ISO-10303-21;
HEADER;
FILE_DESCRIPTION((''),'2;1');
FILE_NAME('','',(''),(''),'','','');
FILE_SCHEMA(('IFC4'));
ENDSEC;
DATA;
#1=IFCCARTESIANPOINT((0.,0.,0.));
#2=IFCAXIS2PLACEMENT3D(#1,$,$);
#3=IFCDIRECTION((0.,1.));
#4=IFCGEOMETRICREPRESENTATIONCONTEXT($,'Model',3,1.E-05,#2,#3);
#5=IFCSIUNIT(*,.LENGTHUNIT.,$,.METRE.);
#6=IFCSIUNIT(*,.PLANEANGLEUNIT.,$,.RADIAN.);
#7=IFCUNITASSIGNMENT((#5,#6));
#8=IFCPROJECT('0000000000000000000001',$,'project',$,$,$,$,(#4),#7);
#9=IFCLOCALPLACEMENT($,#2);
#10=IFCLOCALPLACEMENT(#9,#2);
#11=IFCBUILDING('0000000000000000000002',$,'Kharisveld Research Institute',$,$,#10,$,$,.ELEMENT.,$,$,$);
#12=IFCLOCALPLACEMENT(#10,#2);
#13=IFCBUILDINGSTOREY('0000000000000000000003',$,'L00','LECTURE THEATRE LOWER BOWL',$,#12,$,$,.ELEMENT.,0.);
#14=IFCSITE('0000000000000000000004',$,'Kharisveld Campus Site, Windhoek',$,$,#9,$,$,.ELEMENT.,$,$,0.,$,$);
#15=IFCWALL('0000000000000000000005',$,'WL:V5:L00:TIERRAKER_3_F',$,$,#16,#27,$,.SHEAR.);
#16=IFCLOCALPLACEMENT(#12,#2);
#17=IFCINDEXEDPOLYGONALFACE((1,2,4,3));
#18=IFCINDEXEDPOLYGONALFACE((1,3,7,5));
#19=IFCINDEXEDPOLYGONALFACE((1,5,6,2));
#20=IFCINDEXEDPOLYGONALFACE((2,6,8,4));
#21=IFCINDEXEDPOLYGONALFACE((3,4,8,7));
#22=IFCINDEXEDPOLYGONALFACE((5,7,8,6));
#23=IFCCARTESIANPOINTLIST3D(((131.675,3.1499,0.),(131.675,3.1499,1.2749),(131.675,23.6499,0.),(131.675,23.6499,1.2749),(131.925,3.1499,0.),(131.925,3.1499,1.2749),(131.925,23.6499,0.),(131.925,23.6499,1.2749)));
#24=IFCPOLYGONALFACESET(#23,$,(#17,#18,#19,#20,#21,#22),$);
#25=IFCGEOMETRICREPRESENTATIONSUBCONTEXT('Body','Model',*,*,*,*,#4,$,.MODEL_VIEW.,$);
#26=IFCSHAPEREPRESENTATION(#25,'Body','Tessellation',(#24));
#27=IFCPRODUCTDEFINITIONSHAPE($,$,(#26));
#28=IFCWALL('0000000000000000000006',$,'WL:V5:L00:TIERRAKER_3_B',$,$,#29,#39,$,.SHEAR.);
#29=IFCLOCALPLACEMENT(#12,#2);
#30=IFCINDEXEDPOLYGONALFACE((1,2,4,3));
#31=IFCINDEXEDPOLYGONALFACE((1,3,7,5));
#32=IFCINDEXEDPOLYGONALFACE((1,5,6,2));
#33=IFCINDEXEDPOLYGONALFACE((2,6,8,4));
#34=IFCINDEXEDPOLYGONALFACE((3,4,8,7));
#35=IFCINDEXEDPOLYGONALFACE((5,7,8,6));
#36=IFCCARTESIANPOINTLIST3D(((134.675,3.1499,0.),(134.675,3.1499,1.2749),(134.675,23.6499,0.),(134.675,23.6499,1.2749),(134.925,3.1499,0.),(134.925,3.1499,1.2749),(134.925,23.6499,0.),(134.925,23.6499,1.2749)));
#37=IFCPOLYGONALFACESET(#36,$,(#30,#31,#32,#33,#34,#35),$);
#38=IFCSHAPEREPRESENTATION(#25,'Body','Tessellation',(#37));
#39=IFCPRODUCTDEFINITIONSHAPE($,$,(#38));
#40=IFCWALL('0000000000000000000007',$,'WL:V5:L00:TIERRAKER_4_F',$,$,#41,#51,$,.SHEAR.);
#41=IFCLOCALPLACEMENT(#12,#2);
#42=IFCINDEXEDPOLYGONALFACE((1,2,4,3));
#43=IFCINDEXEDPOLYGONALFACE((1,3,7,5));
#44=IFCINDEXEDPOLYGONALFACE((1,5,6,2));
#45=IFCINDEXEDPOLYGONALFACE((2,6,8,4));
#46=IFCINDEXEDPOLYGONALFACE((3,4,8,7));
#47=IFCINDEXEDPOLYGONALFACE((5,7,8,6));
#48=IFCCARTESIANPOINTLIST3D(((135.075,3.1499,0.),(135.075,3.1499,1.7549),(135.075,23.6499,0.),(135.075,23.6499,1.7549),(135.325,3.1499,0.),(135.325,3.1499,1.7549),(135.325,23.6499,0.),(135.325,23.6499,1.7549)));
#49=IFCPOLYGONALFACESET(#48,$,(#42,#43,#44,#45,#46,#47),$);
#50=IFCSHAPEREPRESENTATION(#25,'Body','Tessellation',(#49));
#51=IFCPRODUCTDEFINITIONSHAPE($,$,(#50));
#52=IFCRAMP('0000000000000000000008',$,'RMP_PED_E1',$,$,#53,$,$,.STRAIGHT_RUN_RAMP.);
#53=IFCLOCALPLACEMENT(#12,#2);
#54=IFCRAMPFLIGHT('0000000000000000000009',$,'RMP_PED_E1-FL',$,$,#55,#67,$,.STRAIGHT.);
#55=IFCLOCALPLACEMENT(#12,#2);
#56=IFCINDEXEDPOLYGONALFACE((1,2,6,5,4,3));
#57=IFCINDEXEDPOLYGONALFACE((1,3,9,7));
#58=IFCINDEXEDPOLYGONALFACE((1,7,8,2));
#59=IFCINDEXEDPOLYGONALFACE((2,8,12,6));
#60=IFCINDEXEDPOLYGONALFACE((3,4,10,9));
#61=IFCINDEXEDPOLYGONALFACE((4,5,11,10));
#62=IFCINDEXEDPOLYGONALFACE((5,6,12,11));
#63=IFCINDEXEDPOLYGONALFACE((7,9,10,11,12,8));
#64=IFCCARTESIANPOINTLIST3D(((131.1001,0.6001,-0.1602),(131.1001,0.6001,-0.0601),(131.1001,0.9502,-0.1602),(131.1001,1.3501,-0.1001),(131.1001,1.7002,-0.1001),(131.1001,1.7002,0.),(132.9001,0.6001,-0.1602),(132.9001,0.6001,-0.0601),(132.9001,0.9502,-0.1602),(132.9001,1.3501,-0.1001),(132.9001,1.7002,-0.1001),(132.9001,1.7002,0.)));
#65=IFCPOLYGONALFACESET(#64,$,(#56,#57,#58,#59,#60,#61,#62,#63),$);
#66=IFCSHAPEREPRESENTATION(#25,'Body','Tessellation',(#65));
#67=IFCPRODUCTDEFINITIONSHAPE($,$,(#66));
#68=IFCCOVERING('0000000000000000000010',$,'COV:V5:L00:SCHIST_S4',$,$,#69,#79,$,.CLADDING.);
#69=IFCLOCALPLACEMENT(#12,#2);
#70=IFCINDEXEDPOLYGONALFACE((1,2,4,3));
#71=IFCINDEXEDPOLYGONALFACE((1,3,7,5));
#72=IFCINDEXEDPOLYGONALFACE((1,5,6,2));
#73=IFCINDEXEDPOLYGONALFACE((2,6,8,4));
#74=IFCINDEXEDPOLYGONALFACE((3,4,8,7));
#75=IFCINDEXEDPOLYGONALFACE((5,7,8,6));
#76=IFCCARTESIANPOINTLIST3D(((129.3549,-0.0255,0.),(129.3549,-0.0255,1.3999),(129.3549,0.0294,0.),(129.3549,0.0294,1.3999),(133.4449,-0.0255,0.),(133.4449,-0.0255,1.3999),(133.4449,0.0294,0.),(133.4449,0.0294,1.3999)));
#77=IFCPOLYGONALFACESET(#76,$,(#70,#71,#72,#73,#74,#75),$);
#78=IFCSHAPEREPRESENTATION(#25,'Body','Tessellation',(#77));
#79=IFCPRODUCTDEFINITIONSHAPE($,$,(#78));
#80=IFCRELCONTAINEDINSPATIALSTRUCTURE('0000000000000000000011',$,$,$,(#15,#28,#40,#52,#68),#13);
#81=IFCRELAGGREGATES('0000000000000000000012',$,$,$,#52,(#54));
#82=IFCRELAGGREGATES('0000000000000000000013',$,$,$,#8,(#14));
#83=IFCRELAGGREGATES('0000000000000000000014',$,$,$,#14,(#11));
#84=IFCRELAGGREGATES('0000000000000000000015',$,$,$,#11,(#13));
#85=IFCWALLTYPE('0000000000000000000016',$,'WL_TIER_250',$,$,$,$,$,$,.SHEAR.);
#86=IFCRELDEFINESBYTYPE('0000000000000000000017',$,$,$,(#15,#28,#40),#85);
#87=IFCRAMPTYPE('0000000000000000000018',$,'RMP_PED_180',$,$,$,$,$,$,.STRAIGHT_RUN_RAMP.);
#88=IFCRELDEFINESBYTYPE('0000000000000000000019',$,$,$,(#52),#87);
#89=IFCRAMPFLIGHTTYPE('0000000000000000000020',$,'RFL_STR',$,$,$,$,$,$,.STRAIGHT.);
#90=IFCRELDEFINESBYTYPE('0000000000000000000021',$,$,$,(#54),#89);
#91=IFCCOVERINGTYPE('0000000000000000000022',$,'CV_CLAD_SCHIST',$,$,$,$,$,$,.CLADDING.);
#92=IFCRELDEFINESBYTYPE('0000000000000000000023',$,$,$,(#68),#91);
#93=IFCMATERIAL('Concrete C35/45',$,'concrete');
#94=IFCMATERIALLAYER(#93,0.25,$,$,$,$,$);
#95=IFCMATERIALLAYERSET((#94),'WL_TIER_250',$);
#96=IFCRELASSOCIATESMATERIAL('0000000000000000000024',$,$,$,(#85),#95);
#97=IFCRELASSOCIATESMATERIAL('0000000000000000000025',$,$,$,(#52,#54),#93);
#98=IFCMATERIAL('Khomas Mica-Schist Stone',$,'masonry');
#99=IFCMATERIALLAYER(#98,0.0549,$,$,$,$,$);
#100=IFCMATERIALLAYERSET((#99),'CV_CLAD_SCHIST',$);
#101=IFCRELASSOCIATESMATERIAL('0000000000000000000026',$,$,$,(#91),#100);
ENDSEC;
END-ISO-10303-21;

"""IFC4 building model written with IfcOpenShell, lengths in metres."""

from ifc_helpers import new_model, si_unit, direction, frame, frame_2d, origin, origin_2d, place, context, subcontext, project, spatial, polyline, rectangle, outline, extrude, material, layer, layer_set, type_object, element, aggregate, save


model = new_model("IFC4")

# Units and contexts
model_context = context("Model", 3, precision=1e-05, world=origin(), true_north=direction((0.0, 1.0)))
body_context = subcontext(model_context, "Body", "Model", "MODEL_VIEW")
ifc_project = project(units=[si_unit("LENGTHUNIT", "METRE"), si_unit("PLANEANGLEUNIT", "RADIAN")], contexts=[model_context])

# Site, building, storey
site_placement = place(None, origin())
site = spatial("IfcSite", under=ifc_project, at=site_placement, Name="Kharisveld Campus Site, Windhoek", CompositionType="ELEMENT", RefElevation=0.0)
building_placement = place(site_placement, origin())
building = spatial("IfcBuilding", under=site, at=building_placement, Name="Kharisveld Research Institute", CompositionType="ELEMENT")
storey_placement = place(building_placement, origin())
storey = spatial("IfcBuildingStorey", under=building, at=storey_placement, Name="L00", Description="LECTURE THEATRE LOWER BOWL", CompositionType="ELEMENT", Elevation=0.0)

# Walls
ifc_material_1 = material(Name="Concrete C35/45", Category="concrete")
ifc_layer_1 = layer(ifc_material_1, 0.25)
ifc_layer_set_1 = layer_set([ifc_layer_1], Name="WL_TIER_250")
wall_type_1 = type_object("IfcWallType", Name="WL_TIER_250", PredefinedType="SHEAR", material=ifc_layer_set_1)
for number, where, z_axis, x_axis, name in (
    (1, (131.8, 3.1499, 0.0), (0.0, 0.0, 1.0), (0.0, 1.0, 0.0), "WL:V5:L00:TIERRAKER_3_F"),
    (2, (134.8, 3.1499, 0.0), (0.0, 0.0, 1.0), (0.0, 1.0, 0.0), "WL:V5:L00:TIERRAKER_3_B"),
):
    element("IfcWall", number, at=place(storey_placement, frame(where, z_axis=z_axis, x_axis=x_axis)), inside=storey, type_object=wall_type_1, Name=name, PredefinedType="SHEAR", context=body_context, shape_type="SweptSolid", body=[
        extrude(rectangle(XDim=20.5, YDim=0.25, at=frame_2d((10.25, 0.0))), origin(), (0.0, 0.0, 1.0), 1.2749),
    ])
wall_1_placement = place(storey_placement, frame((135.2, 3.1499, 0.0), z_axis=(0.0, 0.0, 1.0), x_axis=(0.0, 1.0, 0.0)))
element("IfcWall", 3, at=wall_1_placement, inside=storey, type_object=wall_type_1, Name="WL:V5:L00:TIERRAKER_4_F", PredefinedType="SHEAR", context=body_context, shape_type="SweptSolid", body=[
    extrude(rectangle(XDim=20.5, YDim=0.25, at=frame_2d((10.25, 0.0))), origin(), (0.0, 0.0, 1.0), 1.7549),
])

# Ramp, ramp flight
ramp_type = type_object("IfcRampType", Name="RMP_PED_180", PredefinedType="STRAIGHT_RUN_RAMP")
ramp_placement = place(storey_placement, origin())
ramp = element("IfcRamp", 4, at=ramp_placement, inside=storey, type_object=ramp_type, material=ifc_material_1, Name="RMP_PED_E1", PredefinedType="STRAIGHT_RUN_RAMP")
ramp_flight_type = type_object("IfcRampFlightType", Name="RFL_STR", PredefinedType="STRAIGHT")
ramp_flight_placement = place(storey_placement, frame((132.0, 0.6001, -0.0601), z_axis=(0.0, 0.0, 1.0), x_axis=(0.0, 1.0, 0.0)))
ramp_flight = element("IfcRampFlight", 5, at=ramp_flight_placement, type_object=ramp_flight_type, material=ifc_material_1, Name="RMP_PED_E1-FL", PredefinedType="STRAIGHT", context=body_context, shape_type="SweptSolid", body=[
    extrude(outline(polyline([(0.0, 0.0), (0.0, -0.1001), (0.3501, -0.1001), (0.75, -0.04), (1.1001, -0.04), (1.1001, 0.0601), (0.0, 0.0)])), frame((0.0, 0.8999, 0.0), z_axis=(0.0, -1.0, 0.0), x_axis=(1.0, 0.0, 0.0)), (0.0, 0.0, 1.0), 1.8),
])
aggregate(ramp, [ramp_flight])

# Covering
ifc_material_2 = material(Name="Khomas Mica-Schist Stone", Category="masonry")
ifc_layer_2 = layer(ifc_material_2, 0.0549)
ifc_layer_set_2 = layer_set([ifc_layer_2], Name="CV_CLAD_SCHIST")
covering_type = type_object("IfcCoveringType", Name="CV_CLAD_SCHIST", PredefinedType="CLADDING", material=ifc_layer_set_2)
covering_placement = place(storey_placement, frame((131.3999, 0.002, 0.0), z_axis=(0.0, 0.0, 1.0), x_axis=(-1.0, 0.0, 0.0)))
element("IfcCovering", 6, at=covering_placement, inside=storey, type_object=covering_type, Name="COV:V5:L00:SCHIST_S4", PredefinedType="CLADDING", context=body_context, shape_type="SweptSolid", body=[
    extrude(rectangle(XDim=4.0901, YDim=0.0549, at=origin_2d()), origin(), (0.0, 0.0, 1.0), 1.3999),
])

save(model, "model.ifc")
